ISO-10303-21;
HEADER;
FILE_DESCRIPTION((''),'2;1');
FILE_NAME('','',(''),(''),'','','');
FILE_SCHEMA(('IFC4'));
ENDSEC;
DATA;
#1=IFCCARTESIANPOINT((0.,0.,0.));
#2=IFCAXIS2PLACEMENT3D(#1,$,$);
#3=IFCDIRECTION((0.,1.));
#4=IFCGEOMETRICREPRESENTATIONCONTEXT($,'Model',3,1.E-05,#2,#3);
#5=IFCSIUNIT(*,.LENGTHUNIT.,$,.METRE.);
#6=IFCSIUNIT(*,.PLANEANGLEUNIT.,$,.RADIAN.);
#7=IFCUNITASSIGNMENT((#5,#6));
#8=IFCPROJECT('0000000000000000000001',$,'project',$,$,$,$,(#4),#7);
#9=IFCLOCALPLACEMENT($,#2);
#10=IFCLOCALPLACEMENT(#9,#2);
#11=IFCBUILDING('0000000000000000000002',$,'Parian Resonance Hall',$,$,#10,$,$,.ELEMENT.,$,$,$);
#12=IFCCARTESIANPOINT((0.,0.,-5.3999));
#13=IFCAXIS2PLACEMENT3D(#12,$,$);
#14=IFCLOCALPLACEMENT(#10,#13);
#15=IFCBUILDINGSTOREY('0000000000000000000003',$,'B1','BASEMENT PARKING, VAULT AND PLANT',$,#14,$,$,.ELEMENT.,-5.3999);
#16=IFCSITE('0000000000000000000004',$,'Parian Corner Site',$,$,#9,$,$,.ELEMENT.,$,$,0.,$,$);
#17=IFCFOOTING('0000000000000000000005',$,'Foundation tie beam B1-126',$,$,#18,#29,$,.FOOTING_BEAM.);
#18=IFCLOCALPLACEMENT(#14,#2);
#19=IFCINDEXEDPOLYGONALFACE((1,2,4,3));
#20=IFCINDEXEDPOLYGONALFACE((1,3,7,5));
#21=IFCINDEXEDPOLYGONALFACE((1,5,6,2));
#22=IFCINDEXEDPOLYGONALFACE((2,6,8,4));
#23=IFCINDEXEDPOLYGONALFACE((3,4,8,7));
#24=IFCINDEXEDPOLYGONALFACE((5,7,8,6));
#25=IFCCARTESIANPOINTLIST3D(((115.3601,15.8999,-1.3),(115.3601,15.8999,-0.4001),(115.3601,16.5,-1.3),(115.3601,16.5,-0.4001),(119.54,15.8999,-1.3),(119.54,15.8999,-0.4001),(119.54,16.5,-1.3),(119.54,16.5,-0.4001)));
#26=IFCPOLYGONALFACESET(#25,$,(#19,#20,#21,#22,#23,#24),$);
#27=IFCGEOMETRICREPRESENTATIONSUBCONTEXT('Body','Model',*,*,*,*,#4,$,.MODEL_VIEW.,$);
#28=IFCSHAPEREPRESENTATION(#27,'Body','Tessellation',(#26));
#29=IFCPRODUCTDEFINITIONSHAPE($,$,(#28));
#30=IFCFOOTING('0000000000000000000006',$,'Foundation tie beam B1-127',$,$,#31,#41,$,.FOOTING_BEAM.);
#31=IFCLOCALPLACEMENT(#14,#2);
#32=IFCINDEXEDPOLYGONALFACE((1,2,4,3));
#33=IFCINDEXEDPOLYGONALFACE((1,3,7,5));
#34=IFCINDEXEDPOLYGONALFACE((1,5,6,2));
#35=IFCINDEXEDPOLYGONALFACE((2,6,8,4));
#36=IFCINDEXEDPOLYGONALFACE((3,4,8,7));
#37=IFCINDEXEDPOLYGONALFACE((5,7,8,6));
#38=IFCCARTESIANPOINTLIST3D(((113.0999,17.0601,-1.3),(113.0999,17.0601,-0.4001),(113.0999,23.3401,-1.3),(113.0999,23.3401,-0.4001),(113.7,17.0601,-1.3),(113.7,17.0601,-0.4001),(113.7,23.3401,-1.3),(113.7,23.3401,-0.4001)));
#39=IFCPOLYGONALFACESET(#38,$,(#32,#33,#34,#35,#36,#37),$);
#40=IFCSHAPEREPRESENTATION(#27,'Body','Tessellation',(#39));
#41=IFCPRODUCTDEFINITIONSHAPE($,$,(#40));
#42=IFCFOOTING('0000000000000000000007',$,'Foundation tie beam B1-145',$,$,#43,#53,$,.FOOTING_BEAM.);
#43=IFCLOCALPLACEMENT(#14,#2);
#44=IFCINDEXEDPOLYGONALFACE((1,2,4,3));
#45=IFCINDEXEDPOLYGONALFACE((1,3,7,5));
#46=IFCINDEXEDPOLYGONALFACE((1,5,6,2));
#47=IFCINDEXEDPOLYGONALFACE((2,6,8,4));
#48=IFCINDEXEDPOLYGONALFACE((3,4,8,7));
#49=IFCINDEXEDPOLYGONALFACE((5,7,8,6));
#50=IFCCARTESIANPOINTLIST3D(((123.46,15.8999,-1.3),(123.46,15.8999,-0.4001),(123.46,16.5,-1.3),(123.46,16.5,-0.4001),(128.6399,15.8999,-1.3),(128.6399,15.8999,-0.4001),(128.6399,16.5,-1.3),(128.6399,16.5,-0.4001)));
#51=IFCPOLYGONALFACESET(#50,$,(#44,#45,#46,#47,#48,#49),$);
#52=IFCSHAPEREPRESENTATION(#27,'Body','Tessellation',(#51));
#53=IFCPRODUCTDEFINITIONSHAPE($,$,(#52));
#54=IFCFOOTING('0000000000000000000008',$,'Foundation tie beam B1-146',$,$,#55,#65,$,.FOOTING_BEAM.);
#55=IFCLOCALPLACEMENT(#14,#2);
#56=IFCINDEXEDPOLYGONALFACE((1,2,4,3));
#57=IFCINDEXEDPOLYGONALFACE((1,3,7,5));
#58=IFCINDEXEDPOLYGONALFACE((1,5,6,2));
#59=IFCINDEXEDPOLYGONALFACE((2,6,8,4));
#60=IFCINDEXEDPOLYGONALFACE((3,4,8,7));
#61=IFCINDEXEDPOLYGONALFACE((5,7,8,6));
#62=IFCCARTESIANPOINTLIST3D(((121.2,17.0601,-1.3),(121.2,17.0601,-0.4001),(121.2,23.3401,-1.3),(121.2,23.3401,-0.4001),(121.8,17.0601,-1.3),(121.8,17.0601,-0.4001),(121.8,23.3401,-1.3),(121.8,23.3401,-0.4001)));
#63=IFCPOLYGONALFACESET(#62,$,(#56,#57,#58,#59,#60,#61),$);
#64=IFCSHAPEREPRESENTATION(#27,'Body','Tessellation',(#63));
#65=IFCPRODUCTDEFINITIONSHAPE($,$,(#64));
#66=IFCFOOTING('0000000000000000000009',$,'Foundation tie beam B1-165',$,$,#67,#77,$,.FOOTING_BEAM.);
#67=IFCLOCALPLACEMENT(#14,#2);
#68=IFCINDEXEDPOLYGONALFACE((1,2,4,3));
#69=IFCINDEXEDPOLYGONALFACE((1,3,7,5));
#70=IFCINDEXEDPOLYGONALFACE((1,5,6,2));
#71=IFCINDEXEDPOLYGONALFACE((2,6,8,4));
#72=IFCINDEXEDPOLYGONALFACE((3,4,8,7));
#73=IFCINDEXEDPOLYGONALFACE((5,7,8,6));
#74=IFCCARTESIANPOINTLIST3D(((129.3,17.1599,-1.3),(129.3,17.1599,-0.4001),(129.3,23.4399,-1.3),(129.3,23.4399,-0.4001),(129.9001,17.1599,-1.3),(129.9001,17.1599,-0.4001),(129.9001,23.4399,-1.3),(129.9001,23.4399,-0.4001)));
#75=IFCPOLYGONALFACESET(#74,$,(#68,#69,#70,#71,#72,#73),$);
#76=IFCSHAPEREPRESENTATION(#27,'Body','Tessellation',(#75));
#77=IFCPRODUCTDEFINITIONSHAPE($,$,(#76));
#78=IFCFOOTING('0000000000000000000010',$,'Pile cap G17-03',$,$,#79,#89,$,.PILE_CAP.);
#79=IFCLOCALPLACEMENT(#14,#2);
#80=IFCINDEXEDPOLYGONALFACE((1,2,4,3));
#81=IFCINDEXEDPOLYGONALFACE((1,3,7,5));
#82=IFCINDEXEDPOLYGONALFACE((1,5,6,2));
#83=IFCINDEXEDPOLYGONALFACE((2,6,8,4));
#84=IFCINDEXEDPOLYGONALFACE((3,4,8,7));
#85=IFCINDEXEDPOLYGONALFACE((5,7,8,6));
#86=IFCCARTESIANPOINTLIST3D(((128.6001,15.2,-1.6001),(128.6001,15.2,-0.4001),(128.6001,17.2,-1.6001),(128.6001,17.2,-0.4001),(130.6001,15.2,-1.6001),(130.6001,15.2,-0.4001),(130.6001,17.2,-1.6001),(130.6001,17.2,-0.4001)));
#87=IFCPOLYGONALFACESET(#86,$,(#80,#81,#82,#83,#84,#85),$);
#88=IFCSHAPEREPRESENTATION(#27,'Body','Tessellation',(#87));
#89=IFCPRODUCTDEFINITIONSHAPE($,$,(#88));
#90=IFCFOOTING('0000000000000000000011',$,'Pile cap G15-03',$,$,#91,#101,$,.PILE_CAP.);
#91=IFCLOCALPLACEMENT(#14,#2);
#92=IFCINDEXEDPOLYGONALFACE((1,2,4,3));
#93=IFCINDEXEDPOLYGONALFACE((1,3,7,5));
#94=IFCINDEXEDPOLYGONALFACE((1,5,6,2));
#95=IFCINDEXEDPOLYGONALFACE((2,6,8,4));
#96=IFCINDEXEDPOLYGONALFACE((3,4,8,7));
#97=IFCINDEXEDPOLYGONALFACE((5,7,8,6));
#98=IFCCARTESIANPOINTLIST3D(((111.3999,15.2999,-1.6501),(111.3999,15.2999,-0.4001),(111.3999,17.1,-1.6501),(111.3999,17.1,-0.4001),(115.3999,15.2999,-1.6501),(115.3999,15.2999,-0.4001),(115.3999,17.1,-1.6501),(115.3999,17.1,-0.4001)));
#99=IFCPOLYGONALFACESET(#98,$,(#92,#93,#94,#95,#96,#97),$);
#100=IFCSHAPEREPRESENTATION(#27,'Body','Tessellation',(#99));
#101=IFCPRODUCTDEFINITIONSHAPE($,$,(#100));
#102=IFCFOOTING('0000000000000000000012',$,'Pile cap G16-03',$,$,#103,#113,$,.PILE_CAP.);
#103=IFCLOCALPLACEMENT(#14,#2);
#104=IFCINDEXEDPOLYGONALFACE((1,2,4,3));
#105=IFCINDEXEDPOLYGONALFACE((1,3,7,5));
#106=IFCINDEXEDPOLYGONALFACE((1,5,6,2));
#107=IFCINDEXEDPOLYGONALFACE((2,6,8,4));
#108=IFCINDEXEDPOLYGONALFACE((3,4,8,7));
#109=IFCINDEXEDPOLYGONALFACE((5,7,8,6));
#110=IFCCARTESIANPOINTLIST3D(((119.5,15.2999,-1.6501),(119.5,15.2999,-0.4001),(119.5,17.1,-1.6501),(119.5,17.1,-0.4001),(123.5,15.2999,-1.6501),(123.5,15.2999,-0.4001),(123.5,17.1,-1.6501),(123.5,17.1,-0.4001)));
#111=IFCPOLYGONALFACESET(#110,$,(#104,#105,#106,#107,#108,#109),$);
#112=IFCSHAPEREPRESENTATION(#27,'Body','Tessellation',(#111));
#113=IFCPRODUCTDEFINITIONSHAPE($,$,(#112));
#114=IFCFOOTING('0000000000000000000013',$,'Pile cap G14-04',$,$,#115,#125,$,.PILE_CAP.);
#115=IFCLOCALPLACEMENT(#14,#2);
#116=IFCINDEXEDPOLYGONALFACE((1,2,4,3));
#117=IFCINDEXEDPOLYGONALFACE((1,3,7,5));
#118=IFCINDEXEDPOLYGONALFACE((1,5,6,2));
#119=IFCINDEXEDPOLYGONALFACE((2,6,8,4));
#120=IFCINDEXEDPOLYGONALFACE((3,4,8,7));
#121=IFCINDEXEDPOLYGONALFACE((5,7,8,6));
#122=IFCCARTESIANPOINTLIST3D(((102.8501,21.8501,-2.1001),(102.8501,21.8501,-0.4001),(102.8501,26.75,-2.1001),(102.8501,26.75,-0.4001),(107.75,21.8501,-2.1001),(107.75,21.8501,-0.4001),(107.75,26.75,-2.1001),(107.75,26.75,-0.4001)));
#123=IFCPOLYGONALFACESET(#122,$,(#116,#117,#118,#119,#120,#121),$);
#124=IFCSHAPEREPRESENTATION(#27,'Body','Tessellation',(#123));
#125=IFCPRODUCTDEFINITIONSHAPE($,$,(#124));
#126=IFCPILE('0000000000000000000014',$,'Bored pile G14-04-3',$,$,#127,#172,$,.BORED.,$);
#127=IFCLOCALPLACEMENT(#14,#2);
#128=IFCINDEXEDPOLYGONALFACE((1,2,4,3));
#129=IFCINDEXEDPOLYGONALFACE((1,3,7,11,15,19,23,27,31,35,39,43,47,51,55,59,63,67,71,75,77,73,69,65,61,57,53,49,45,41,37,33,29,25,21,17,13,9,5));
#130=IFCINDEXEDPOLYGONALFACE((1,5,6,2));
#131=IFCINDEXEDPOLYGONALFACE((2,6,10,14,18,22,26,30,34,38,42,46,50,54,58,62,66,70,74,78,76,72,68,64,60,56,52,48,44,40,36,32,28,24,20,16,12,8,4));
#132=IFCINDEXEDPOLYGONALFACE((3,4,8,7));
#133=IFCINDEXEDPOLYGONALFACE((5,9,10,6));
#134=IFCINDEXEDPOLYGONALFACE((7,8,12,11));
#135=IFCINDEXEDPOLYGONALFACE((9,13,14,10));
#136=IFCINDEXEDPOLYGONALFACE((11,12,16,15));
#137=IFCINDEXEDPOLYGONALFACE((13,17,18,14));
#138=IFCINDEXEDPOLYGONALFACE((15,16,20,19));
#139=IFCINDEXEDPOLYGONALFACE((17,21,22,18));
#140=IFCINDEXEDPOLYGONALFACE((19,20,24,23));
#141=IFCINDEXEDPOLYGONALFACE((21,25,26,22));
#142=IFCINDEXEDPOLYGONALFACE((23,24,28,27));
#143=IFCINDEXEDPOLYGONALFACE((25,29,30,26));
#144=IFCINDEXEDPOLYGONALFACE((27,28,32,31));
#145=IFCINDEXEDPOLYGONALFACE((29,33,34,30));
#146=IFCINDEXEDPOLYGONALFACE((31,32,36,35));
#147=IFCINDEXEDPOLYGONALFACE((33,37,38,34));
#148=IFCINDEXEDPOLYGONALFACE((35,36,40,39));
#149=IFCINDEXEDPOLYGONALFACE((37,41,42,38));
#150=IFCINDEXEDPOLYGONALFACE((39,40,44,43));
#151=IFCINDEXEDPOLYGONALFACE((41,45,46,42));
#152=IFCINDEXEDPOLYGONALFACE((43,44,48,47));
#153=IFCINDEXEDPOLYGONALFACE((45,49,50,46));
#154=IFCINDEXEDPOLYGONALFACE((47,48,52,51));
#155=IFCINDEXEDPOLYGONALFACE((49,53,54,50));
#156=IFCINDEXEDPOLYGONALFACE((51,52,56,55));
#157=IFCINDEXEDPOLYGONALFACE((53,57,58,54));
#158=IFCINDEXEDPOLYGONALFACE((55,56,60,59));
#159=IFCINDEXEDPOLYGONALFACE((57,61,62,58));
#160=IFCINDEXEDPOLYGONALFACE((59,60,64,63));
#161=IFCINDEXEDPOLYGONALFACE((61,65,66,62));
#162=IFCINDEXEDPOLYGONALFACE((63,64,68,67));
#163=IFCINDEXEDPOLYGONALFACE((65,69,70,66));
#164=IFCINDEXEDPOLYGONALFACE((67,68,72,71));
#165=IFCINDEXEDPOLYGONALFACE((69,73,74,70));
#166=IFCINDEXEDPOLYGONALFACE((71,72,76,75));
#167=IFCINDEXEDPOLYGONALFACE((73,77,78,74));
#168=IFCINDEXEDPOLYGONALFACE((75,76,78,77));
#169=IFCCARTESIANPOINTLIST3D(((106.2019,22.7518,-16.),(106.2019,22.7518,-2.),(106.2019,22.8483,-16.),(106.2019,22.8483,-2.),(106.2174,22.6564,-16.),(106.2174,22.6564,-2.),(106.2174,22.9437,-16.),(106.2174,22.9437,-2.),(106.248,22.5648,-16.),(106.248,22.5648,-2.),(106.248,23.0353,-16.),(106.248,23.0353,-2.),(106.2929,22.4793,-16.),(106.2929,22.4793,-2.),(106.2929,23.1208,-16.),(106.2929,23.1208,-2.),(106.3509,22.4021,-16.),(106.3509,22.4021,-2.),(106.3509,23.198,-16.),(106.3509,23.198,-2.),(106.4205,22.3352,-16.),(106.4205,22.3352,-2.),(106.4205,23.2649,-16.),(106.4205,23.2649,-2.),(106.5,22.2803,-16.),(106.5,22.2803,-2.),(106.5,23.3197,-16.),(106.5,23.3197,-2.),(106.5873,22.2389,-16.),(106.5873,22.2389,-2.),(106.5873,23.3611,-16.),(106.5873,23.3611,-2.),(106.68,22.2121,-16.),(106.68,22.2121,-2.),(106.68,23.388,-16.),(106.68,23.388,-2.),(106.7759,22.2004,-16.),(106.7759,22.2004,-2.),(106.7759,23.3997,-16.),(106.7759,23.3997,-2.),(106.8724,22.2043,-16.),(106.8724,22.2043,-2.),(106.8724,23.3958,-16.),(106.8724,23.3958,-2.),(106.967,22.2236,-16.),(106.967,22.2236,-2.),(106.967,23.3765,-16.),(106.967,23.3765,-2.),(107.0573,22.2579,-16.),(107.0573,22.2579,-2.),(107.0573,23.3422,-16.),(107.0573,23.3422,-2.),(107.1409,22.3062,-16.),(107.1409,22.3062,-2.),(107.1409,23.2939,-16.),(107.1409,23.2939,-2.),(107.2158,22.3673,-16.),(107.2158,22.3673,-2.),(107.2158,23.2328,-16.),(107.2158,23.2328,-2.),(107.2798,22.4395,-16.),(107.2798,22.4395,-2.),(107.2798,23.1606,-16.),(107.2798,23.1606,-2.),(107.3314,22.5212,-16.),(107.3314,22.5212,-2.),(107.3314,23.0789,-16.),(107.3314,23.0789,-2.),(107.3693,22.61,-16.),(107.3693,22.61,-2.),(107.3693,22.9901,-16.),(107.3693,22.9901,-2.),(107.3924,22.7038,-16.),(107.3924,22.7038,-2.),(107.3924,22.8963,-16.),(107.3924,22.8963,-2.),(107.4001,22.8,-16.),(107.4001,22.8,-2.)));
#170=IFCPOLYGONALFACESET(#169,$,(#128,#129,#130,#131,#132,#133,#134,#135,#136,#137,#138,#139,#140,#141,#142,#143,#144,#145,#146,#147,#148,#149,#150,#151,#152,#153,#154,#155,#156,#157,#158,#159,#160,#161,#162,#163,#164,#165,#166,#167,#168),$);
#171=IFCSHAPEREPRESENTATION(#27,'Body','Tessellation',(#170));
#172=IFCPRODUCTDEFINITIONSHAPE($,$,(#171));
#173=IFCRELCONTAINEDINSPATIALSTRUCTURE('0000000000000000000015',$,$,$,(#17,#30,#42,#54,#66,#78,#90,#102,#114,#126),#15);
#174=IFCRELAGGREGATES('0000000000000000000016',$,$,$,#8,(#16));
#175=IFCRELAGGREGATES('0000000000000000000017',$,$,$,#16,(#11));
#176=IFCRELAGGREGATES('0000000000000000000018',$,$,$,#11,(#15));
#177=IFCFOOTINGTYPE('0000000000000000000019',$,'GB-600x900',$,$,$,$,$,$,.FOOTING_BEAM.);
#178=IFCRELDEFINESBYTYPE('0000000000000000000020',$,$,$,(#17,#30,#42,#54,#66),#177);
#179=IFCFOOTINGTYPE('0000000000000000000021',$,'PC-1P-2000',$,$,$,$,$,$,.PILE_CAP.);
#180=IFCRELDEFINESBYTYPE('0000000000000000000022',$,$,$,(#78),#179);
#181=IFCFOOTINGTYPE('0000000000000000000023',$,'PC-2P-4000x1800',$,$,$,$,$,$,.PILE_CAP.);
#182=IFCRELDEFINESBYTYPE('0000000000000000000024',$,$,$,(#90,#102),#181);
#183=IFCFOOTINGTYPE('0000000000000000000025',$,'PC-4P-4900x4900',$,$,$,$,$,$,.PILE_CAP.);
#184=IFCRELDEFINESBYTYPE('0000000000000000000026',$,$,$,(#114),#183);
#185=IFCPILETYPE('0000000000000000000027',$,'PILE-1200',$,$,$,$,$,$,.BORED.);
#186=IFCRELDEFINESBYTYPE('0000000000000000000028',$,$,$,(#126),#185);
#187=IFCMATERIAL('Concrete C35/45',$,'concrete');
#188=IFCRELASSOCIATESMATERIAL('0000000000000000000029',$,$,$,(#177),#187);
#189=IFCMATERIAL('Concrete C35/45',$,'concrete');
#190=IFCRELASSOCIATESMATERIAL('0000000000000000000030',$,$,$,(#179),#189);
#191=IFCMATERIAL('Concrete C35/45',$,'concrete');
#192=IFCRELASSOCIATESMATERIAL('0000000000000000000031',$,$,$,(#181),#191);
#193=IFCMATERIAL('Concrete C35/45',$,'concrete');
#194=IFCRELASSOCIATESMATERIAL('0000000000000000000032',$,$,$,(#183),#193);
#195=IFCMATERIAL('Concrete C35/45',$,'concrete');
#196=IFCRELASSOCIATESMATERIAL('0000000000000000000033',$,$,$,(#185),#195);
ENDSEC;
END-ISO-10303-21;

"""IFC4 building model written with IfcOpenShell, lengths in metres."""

from ifc_helpers import new_model, si_unit, direction, frame, origin, origin_2d, place, context, subcontext, project, spatial, rectangle, circle, extrude, material, material_profile, profile_set, type_object, element, save


model = new_model("IFC4")

# Units and contexts
model_context = context("Model", 3, precision=1e-05, world=origin(), true_north=direction((0.0, 1.0)))
body_context = subcontext(model_context, "Body", "Model", "MODEL_VIEW")
ifc_project = project(units=[si_unit("LENGTHUNIT", "METRE"), si_unit("PLANEANGLEUNIT", "RADIAN")], contexts=[model_context])

# Site, building, storey
site_placement = place(None, origin())
site = spatial("IfcSite", under=ifc_project, at=site_placement, Name="Parian Corner Site", CompositionType="ELEMENT", RefElevation=0.0)
building_placement = place(site_placement, origin())
building = spatial("IfcBuilding", under=site, at=building_placement, Name="Parian Resonance Hall", CompositionType="ELEMENT")
storey_placement = place(building_placement, frame((0.0, 0.0, -5.3999)))
storey = spatial("IfcBuildingStorey", under=building, at=storey_placement, Name="B1", Description="BASEMENT PARKING, VAULT AND PLANT", CompositionType="ELEMENT", Elevation=-5.3999)

# Footings
ifc_material_1 = material(Name="Concrete C35/45", Category="concrete")
ifc_material_profile_1 = material_profile(ifc_material_1, rectangle(XDim=0.6001, YDim=0.8999, at=origin_2d()), Name="RC-GB-600x900")
ifc_profile_set_1 = profile_set([ifc_material_profile_1], Name="Concrete C35/45")
footing_type_1 = type_object("IfcFootingType", Name="GB-600x900", PredefinedType="FOOTING_BEAM", material=ifc_profile_set_1)
footing_1_placement = place(storey_placement, frame((115.3601, 16.2, -0.8501), z_axis=(1.0, 0.0, 0.0), x_axis=(0.0, 1.0, 0.0)))
element("IfcFooting", 1, at=footing_1_placement, inside=storey, type_object=footing_type_1, Name="Foundation tie beam B1-126", PredefinedType="FOOTING_BEAM", context=body_context, shape_type="SweptSolid", body=[
    extrude(rectangle(XDim=0.6001, YDim=0.8999, at=origin_2d()), origin(), (0.0, 0.0, 1.0), 4.1799),
])
footing_2_placement = place(storey_placement, frame((113.3999, 17.0601, -0.8501), z_axis=(0.0, 1.0, 0.0), x_axis=(-1.0, 0.0, 0.0)))
element("IfcFooting", 2, at=footing_2_placement, inside=storey, type_object=footing_type_1, Name="Foundation tie beam B1-127", PredefinedType="FOOTING_BEAM", context=body_context, shape_type="SweptSolid", body=[
    extrude(rectangle(XDim=0.6001, YDim=0.8999, at=origin_2d()), origin(), (0.0, 0.0, 1.0), 6.28),
])
footing_3_placement = place(storey_placement, frame((123.46, 16.2, -0.8501), z_axis=(1.0, 0.0, 0.0), x_axis=(0.0, 1.0, 0.0)))
element("IfcFooting", 3, at=footing_3_placement, inside=storey, type_object=footing_type_1, Name="Foundation tie beam B1-145", PredefinedType="FOOTING_BEAM", context=body_context, shape_type="SweptSolid", body=[
    extrude(rectangle(XDim=0.6001, YDim=0.8999, at=origin_2d()), origin(), (0.0, 0.0, 1.0), 5.1799),
])
for number, where, z_axis, x_axis, name in (
    (4, (121.5, 17.0601, -0.8501), (0.0, 1.0, 0.0), (-1.0, 0.0, 0.0), "Foundation tie beam B1-146"),
    (5, (129.6001, 17.1599, -0.8501), (0.0, 1.0, 0.0), (-1.0, 0.0, 0.0), "Foundation tie beam B1-165"),
):
    element("IfcFooting", number, at=place(storey_placement, frame(where, z_axis=z_axis, x_axis=x_axis)), inside=storey, type_object=footing_type_1, Name=name, PredefinedType="FOOTING_BEAM", context=body_context, shape_type="SweptSolid", body=[
        extrude(rectangle(XDim=0.6001, YDim=0.8999, at=origin_2d()), origin(), (0.0, 0.0, 1.0), 6.28),
    ])
ifc_material_2 = material(Name="Concrete C35/45", Category="concrete")
footing_type_2 = type_object("IfcFootingType", Name="PC-1P-2000", PredefinedType="PILE_CAP", material=ifc_material_2)
footing_4_placement = place(storey_placement, frame((129.6001, 16.2, -1.6001), z_axis=(0.0, 0.0, 1.0), x_axis=(1.0, 0.0, 0.0)))
element("IfcFooting", 6, at=footing_4_placement, inside=storey, type_object=footing_type_2, Name="Pile cap G17-03", PredefinedType="PILE_CAP", context=body_context, shape_type="SweptSolid", body=[
    extrude(rectangle(XDim=2.0, YDim=2.0, at=origin_2d()), origin(), (0.0, 0.0, 1.0), 1.2),
])
ifc_material_3 = material(Name="Concrete C35/45", Category="concrete")
footing_type_3 = type_object("IfcFootingType", Name="PC-2P-4000x1800", PredefinedType="PILE_CAP", material=ifc_material_3)
for number, where, z_axis, x_axis, name in (
    (7, (113.3999, 16.2, -1.6501), (0.0, 0.0, 1.0), (1.0, 0.0, 0.0), "Pile cap G15-03"),
    (8, (121.5, 16.2, -1.6501), (0.0, 0.0, 1.0), (1.0, 0.0, 0.0), "Pile cap G16-03"),
):
    element("IfcFooting", number, at=place(storey_placement, frame(where, z_axis=z_axis, x_axis=x_axis)), inside=storey, type_object=footing_type_3, Name=name, PredefinedType="PILE_CAP", context=body_context, shape_type="SweptSolid", body=[
        extrude(rectangle(XDim=4.0, YDim=1.8, at=origin_2d()), origin(), (0.0, 0.0, 1.0), 1.25),
    ])
ifc_material_4 = material(Name="Concrete C35/45", Category="concrete")
footing_type_4 = type_object("IfcFootingType", Name="PC-4P-4900x4900", PredefinedType="PILE_CAP", material=ifc_material_4)
footing_5_placement = place(storey_placement, frame((105.3, 24.3, -2.1001), z_axis=(0.0, 0.0, 1.0), x_axis=(1.0, 0.0, 0.0)))
element("IfcFooting", 9, at=footing_5_placement, inside=storey, type_object=footing_type_4, Name="Pile cap G14-04", PredefinedType="PILE_CAP", context=body_context, shape_type="SweptSolid", body=[
    extrude(rectangle(XDim=4.8999, YDim=4.8999, at=origin_2d()), origin(), (0.0, 0.0, 1.0), 1.7),
])

# Pile
ifc_material_5 = material(Name="Concrete C35/45", Category="concrete")
ifc_material_profile_2 = material_profile(ifc_material_5, circle(Radius=0.6001, at=origin_2d()), Name="PILE-D1200")
ifc_profile_set_2 = profile_set([ifc_material_profile_2], Name="Concrete C35/45")
pile_type_1 = type_object("IfcPileType", Name="PILE-1200", PredefinedType="BORED", material=ifc_profile_set_2)
for number, where, z_axis, x_axis, name in (
    (10, (106.8, 22.8, -2.0), (0.0, 0.0, -1.0), (1.0, 0.0, 0.0), "Bored pile G14-04-3"),
):
    element("IfcPile", number, at=place(storey_placement, frame(where, z_axis=z_axis, x_axis=x_axis)), inside=storey, type_object=pile_type_1, Name=name, PredefinedType="BORED", context=body_context, shape_type="SweptSolid", body=[
        extrude(circle(Radius=0.6001, at=origin_2d()), origin(), (0.0, 0.0, 1.0), 14.0),
    ])

save(model, "model.ifc")
